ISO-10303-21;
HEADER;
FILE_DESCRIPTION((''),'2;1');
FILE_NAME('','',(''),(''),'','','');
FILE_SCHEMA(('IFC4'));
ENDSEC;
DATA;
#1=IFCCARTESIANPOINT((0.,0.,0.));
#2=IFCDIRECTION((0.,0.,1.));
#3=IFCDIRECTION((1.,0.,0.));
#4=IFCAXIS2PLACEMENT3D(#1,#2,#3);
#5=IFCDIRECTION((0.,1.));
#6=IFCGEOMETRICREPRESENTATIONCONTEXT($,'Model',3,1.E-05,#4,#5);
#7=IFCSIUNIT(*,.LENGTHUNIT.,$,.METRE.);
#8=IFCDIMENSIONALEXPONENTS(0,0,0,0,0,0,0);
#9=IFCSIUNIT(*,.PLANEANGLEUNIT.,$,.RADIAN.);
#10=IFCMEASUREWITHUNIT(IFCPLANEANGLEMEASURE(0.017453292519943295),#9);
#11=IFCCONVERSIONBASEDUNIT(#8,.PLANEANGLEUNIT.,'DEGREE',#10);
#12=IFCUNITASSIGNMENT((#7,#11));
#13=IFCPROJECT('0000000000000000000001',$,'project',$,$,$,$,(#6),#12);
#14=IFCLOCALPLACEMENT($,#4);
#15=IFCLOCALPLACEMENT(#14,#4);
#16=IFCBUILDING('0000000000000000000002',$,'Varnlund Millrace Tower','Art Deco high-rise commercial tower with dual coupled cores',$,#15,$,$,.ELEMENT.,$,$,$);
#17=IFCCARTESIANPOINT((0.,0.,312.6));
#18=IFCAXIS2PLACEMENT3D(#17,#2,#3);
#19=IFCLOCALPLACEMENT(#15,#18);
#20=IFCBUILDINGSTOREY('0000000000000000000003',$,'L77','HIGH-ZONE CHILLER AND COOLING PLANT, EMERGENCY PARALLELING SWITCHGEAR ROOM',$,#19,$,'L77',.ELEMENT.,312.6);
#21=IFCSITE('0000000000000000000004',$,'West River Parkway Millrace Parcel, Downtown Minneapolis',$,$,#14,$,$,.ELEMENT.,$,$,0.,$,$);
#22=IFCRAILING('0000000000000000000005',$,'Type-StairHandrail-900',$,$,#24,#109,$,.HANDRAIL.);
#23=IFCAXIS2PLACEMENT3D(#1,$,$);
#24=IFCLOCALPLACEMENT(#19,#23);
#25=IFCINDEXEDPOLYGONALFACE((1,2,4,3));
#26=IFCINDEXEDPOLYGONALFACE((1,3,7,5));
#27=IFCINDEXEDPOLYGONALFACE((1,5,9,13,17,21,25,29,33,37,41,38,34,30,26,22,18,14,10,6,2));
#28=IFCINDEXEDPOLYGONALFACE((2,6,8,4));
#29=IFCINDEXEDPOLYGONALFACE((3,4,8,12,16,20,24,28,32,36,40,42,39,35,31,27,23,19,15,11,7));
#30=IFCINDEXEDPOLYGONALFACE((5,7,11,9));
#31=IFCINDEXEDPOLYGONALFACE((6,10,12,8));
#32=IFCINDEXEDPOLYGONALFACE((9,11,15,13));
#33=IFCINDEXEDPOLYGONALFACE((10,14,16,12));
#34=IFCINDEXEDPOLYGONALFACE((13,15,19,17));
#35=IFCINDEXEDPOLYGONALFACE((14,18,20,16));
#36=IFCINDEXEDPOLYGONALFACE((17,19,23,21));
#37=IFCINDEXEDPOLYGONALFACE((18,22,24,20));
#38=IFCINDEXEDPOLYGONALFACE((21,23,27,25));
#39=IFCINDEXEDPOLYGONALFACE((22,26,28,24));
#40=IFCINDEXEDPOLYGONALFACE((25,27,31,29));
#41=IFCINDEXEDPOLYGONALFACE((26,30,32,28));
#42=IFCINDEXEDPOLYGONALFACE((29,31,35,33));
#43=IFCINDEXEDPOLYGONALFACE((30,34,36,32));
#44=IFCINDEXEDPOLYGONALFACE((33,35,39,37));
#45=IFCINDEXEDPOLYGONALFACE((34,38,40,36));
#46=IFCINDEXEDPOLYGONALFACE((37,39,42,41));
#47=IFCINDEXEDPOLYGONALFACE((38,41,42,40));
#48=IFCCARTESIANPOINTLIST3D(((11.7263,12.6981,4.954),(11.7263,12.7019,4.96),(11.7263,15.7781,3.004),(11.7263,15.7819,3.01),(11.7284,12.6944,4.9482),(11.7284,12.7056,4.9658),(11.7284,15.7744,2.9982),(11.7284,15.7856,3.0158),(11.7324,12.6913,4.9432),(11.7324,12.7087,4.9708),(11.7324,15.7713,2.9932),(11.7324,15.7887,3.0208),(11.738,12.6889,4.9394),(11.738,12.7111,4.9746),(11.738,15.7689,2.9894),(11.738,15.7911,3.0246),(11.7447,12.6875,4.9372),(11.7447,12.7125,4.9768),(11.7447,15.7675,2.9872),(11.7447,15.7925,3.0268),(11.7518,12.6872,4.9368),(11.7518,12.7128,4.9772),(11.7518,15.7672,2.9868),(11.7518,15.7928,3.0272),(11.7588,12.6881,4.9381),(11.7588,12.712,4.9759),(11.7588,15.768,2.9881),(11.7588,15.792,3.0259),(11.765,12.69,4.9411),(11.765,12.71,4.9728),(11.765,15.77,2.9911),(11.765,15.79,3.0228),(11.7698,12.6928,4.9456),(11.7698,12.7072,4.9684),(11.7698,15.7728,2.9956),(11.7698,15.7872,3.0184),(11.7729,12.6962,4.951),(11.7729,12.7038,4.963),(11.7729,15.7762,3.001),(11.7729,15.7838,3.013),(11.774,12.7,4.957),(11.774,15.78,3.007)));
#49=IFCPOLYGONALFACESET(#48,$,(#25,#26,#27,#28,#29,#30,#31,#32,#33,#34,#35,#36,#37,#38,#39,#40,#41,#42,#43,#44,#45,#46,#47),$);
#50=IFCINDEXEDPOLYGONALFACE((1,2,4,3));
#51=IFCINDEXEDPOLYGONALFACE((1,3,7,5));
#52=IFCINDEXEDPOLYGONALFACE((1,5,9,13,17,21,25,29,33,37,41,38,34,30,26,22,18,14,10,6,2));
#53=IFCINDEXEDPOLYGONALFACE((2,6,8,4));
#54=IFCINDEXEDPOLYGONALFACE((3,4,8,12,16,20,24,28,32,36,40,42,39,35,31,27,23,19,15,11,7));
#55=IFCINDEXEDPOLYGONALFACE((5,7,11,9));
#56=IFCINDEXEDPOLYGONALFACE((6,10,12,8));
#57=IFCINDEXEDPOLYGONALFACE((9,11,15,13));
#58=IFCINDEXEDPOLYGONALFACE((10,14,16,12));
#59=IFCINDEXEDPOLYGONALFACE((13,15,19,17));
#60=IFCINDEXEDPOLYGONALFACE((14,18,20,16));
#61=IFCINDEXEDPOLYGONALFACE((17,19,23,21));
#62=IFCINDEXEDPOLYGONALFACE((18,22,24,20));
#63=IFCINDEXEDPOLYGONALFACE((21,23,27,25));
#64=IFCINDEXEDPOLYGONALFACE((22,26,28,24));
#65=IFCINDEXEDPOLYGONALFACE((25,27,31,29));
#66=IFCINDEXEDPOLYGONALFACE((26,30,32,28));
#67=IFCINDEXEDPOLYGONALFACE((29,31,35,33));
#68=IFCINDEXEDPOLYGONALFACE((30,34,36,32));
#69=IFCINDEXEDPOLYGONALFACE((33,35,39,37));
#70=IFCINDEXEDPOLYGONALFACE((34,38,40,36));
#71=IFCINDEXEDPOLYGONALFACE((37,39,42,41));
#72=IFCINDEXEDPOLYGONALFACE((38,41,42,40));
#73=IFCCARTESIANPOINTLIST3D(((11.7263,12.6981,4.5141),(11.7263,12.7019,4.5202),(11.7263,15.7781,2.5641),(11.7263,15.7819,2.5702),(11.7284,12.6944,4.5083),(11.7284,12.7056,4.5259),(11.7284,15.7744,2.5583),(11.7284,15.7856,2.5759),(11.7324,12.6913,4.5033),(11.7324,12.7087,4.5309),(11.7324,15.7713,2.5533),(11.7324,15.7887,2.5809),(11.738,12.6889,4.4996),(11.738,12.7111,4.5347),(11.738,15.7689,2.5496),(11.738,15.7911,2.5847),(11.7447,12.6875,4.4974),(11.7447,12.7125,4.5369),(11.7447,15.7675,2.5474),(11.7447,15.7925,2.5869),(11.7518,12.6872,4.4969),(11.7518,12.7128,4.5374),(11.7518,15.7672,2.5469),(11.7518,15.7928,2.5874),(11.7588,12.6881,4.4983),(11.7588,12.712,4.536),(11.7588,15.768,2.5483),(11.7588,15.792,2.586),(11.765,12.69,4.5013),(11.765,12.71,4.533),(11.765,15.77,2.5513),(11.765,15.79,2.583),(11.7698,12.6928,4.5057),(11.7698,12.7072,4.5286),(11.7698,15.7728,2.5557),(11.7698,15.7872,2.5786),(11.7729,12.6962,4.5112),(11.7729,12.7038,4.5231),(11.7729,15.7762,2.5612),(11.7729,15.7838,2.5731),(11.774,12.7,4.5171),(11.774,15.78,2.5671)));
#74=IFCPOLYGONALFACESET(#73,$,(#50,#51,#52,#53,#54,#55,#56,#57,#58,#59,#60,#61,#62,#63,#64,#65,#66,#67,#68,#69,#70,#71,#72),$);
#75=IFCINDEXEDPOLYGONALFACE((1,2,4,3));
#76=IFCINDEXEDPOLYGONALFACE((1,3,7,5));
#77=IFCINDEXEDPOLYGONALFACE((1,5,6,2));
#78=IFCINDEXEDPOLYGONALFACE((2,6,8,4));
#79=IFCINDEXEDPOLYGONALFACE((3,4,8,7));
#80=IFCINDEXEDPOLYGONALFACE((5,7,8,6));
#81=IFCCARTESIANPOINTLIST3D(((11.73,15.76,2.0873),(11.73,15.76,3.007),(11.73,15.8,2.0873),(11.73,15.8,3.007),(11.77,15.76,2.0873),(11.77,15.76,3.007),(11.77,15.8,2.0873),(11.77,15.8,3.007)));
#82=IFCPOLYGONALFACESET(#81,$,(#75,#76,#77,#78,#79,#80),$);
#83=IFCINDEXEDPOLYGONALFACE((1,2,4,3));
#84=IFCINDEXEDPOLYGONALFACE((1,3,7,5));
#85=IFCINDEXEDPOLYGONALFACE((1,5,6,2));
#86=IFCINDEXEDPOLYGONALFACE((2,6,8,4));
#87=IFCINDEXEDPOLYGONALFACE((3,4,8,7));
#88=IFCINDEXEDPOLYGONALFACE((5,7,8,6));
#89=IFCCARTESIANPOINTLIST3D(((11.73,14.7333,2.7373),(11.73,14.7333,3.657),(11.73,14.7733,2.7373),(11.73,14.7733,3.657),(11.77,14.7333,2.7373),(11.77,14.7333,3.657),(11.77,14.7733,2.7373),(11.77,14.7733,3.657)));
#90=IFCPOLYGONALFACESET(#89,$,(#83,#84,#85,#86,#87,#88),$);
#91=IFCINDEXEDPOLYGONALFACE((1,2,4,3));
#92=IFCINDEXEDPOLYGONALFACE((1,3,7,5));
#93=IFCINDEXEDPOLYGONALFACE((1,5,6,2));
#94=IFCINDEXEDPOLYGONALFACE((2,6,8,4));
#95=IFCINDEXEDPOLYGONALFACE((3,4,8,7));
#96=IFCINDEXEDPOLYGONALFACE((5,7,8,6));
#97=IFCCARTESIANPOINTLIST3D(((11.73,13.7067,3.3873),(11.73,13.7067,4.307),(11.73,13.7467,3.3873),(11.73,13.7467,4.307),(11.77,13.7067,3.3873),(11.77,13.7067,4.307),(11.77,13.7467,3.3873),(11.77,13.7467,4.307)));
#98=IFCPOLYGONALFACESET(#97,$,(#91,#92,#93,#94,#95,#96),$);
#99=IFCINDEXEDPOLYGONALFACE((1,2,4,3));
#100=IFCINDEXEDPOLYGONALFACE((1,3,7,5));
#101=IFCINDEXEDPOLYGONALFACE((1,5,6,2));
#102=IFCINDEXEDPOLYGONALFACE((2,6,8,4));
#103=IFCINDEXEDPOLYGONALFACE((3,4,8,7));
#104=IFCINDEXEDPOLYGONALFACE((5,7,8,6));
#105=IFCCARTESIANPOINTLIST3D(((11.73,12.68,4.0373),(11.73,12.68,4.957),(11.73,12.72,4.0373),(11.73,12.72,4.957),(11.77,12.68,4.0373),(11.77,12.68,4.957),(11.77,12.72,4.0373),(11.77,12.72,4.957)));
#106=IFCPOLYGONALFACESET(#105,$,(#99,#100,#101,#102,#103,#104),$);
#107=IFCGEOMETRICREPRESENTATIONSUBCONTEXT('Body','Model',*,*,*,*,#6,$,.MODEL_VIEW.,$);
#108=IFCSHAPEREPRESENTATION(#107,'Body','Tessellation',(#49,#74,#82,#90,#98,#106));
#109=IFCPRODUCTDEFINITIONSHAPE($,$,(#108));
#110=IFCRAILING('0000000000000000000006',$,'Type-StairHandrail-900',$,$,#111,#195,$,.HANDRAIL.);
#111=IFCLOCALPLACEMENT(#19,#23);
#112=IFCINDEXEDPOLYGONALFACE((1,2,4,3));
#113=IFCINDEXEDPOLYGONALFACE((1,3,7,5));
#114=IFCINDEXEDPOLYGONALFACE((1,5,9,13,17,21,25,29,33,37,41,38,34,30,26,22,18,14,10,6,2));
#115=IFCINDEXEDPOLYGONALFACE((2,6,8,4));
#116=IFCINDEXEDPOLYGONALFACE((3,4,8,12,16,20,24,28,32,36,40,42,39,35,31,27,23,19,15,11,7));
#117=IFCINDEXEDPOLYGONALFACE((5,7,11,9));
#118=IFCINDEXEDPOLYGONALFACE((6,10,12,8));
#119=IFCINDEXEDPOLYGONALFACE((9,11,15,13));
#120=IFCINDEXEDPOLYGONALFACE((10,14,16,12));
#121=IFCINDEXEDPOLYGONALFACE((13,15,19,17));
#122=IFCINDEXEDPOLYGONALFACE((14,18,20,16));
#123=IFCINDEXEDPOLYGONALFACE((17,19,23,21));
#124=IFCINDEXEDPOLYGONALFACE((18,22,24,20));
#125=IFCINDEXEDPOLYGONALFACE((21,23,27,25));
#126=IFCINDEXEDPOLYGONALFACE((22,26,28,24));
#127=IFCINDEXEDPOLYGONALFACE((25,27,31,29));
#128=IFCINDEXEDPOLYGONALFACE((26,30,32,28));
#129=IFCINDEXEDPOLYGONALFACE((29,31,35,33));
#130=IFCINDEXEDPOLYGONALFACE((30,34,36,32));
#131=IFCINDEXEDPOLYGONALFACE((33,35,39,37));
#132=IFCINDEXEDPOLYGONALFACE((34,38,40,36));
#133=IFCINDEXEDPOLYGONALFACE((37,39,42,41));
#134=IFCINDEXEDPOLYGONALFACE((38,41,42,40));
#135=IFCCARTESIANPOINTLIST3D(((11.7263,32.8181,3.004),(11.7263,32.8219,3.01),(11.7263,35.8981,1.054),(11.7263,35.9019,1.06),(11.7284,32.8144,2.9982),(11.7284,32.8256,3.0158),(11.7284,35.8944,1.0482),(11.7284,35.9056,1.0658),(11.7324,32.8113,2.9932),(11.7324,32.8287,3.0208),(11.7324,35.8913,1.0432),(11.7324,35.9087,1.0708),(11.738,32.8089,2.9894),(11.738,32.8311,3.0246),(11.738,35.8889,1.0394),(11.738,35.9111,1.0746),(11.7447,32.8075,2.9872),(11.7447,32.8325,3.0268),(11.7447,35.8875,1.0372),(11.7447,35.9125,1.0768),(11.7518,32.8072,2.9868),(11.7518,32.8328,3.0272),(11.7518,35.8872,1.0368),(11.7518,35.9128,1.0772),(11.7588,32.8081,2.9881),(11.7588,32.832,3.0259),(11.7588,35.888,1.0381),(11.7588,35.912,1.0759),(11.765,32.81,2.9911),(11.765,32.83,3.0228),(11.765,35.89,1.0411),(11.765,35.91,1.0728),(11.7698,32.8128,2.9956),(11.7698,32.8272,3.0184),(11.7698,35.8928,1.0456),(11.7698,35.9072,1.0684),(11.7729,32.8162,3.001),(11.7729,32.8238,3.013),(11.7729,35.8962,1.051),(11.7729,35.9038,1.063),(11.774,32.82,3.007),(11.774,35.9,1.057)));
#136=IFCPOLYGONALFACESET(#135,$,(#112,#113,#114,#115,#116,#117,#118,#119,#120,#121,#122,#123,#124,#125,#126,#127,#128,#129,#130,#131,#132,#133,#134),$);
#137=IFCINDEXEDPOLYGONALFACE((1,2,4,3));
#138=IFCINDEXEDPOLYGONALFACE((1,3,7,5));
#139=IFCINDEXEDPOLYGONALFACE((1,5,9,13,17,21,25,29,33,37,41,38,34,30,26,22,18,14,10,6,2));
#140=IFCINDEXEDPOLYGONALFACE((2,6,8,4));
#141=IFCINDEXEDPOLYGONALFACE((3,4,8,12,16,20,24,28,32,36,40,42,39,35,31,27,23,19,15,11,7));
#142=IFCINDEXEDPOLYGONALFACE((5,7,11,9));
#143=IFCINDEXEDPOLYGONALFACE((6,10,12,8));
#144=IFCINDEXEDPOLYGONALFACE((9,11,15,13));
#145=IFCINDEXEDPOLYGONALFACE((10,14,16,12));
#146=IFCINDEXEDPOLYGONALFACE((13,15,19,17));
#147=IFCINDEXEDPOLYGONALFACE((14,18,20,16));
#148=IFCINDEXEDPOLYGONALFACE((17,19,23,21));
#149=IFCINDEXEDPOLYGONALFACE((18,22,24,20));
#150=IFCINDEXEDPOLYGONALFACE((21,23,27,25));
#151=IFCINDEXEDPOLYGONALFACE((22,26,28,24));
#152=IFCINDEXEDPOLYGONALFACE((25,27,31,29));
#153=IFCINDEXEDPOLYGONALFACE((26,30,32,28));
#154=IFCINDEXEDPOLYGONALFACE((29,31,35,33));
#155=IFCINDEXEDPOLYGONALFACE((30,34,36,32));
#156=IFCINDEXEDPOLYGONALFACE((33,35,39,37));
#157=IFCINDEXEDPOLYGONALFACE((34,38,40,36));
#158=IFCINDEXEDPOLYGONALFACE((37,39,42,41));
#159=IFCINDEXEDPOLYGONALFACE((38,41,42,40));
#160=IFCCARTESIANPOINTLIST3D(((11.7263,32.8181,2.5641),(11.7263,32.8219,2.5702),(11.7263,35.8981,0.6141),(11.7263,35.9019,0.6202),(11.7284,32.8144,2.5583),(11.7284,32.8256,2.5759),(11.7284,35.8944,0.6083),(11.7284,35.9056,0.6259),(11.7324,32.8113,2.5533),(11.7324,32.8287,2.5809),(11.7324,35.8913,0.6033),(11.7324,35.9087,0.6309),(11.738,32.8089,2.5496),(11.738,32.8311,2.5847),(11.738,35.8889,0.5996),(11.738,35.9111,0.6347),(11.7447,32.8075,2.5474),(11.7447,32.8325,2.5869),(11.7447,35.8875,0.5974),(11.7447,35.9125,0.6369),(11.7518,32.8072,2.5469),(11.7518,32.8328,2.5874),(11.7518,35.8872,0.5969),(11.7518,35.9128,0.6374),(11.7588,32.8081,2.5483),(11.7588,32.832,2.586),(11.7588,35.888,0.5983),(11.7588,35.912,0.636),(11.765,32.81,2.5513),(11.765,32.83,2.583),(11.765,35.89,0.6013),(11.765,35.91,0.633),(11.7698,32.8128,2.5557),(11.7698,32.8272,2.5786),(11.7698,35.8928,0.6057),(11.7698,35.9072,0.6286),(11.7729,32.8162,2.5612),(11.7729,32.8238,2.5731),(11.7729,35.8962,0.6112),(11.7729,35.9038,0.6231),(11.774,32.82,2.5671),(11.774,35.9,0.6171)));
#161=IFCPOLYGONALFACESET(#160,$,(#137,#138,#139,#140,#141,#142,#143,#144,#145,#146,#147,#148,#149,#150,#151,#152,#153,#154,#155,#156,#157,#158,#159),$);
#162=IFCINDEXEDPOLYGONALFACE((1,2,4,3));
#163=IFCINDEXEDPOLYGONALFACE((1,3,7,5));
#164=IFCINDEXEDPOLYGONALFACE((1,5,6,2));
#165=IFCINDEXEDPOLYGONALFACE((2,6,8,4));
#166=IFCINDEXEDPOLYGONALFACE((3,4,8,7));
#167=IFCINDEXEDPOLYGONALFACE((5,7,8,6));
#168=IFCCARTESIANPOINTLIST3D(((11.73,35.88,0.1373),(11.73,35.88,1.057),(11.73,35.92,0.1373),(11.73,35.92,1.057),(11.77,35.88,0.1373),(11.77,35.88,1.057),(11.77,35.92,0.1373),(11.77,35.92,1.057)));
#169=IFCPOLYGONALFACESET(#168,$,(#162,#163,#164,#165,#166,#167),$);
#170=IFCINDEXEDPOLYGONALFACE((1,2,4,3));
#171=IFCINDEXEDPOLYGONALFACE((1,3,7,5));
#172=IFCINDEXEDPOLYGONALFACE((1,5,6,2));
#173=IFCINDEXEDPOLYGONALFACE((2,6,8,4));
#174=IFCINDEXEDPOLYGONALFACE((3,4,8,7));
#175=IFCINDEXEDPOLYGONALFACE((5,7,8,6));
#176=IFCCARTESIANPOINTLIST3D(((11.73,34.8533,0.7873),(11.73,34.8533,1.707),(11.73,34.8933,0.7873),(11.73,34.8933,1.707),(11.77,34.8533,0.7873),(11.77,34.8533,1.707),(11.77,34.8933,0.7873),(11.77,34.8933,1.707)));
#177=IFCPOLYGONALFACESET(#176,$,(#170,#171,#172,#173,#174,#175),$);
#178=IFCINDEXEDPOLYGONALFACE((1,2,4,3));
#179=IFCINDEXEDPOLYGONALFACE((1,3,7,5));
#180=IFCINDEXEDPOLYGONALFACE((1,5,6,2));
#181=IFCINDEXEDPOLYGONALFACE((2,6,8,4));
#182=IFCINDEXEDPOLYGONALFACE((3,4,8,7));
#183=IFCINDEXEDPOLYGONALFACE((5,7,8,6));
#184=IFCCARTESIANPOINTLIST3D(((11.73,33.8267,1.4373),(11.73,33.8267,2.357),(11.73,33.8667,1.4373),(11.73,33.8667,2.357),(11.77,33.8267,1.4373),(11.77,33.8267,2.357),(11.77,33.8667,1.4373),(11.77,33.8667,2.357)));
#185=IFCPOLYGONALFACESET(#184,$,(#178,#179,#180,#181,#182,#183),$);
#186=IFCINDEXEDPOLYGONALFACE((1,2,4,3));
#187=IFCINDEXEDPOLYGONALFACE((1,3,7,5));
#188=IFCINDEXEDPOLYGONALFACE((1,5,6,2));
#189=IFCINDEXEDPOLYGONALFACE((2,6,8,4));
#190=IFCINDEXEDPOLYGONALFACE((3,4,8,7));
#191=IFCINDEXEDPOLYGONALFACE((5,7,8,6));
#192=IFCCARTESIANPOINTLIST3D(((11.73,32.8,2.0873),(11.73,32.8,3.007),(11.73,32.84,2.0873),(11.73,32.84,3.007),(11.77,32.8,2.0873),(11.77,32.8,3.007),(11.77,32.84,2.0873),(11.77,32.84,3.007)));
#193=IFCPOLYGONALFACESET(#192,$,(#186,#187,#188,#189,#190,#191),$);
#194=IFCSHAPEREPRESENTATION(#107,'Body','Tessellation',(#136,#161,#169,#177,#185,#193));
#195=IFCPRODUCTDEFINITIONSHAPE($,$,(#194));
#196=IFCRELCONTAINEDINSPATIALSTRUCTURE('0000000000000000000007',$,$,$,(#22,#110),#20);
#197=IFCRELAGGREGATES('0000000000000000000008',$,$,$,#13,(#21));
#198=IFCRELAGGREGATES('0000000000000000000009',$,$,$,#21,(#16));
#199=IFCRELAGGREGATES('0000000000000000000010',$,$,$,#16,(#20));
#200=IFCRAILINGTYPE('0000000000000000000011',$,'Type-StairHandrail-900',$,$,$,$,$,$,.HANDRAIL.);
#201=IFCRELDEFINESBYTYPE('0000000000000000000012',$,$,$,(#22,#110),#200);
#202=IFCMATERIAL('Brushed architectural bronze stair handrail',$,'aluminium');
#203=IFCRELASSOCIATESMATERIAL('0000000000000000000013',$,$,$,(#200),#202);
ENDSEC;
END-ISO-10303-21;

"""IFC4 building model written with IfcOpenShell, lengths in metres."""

from ifc_helpers import new_model, entity, si_unit, converted_unit, direction, frame, origin_with_axes, origin_2d_with_axis, place, context, subcontext, project, spatial, rectangle, circle, extrude, material, type_object, element, save


model = new_model("IFC4")

# Units and contexts
model_context = context("Model", 3, precision=1e-05, world=origin_with_axes(), true_north=direction((0.0, 1.0)))
body_context = subcontext(model_context, "Body", "Model", "MODEL_VIEW")
ifc_project = project(units=[si_unit("LENGTHUNIT", "METRE"), converted_unit("PLANEANGLEUNIT", "DEGREE", entity("IfcPlaneAngleMeasure", 0.017453292519943295), si_unit("PLANEANGLEUNIT", "RADIAN"), dimensions=[0, 0, 0, 0, 0, 0, 0])], contexts=[model_context])

# Site, building, storey
site_placement = place(None, origin_with_axes())
site = spatial("IfcSite", under=ifc_project, at=site_placement, Name="West River Parkway Millrace Parcel, Downtown Minneapolis", CompositionType="ELEMENT", RefElevation=0.0)
building_placement = place(site_placement, origin_with_axes())
building = spatial("IfcBuilding", under=site, at=building_placement, Name="Varnlund Millrace Tower", Description="Art Deco high-rise commercial tower with dual coupled cores", CompositionType="ELEMENT")
storey_placement = place(building_placement, frame((0.0, 0.0, 312.6), z_axis=(0.0, 0.0, 1.0), x_axis=(1.0, 0.0, 0.0)))
storey = spatial("IfcBuildingStorey", under=building, at=storey_placement, Name="L77", Description="HIGH-ZONE CHILLER AND COOLING PLANT, EMERGENCY PARALLELING SWITCHGEAR ROOM", LongName="L77", CompositionType="ELEMENT", Elevation=312.6)

# Railings
ifc_material_1 = material(Name="Brushed architectural bronze stair handrail", Category="aluminium")
railing_type_1 = type_object("IfcRailingType", Name="Type-StairHandrail-900", PredefinedType="HANDRAIL", material=ifc_material_1)
railing_1_placement = place(storey_placement, frame((0.0, 0.0, -312.6), z_axis=(0.0, 0.0, 1.0), x_axis=(1.0, 0.0, 0.0)))
element("IfcRailing", 1, at=railing_1_placement, inside=storey, type_object=railing_type_1, Name="Type-StairHandrail-900", PredefinedType="HANDRAIL", context=body_context, shape_type="SweptSolid", body=[
    extrude(circle(Radius=0.024, at=origin_2d_with_axis()), frame((11.75, 15.78, 315.607), z_axis=(0.0, -0.844902, 0.534922), x_axis=(1.0, 0.0, 0.0)), (0.0, 0.0, 1.0), 3.6454),
    extrude(circle(Radius=0.024, at=origin_2d_with_axis()), frame((11.75, 15.78, 315.1671), z_axis=(0.0, -0.844902, 0.534922), x_axis=(1.0, 0.0, 0.0)), (0.0, 0.0, 1.0), 3.6454),
    extrude(rectangle(XDim=0.04, YDim=0.04, at=origin_2d_with_axis()), frame((11.75, 15.78, 314.6873), z_axis=(0.0, 0.0, 1.0), x_axis=(1.0, 0.0, 0.0)), (0.0, 0.0, 1.0), 0.9197),
    extrude(rectangle(XDim=0.04, YDim=0.04, at=origin_2d_with_axis()), frame((11.75, 14.7533, 315.3373), z_axis=(0.0, 0.0, 1.0), x_axis=(1.0, 0.0, 0.0)), (0.0, 0.0, 1.0), 0.9197),
    extrude(rectangle(XDim=0.04, YDim=0.04, at=origin_2d_with_axis()), frame((11.75, 13.7267, 315.9873), z_axis=(0.0, 0.0, 1.0), x_axis=(1.0, 0.0, 0.0)), (0.0, 0.0, 1.0), 0.9197),
    extrude(rectangle(XDim=0.04, YDim=0.04, at=origin_2d_with_axis()), frame((11.75, 12.7, 316.6373), z_axis=(0.0, 0.0, 1.0), x_axis=(1.0, 0.0, 0.0)), (0.0, 0.0, 1.0), 0.9197),
])
railing_2_placement = place(storey_placement, frame((0.0, 0.0, -312.6), z_axis=(0.0, 0.0, 1.0), x_axis=(1.0, 0.0, 0.0)))
element("IfcRailing", 2, at=railing_2_placement, inside=storey, type_object=railing_type_1, Name="Type-StairHandrail-900", PredefinedType="HANDRAIL", context=body_context, shape_type="SweptSolid", body=[
    extrude(circle(Radius=0.024, at=origin_2d_with_axis()), frame((11.75, 35.9, 313.657), z_axis=(0.0, -0.844902, 0.534922), x_axis=(1.0, 0.0, 0.0)), (0.0, 0.0, 1.0), 3.6454),
    extrude(circle(Radius=0.024, at=origin_2d_with_axis()), frame((11.75, 35.9, 313.2171), z_axis=(0.0, -0.844902, 0.534922), x_axis=(1.0, 0.0, 0.0)), (0.0, 0.0, 1.0), 3.6454),
    extrude(rectangle(XDim=0.04, YDim=0.04, at=origin_2d_with_axis()), frame((11.75, 35.9, 312.7373), z_axis=(0.0, 0.0, 1.0), x_axis=(1.0, 0.0, 0.0)), (0.0, 0.0, 1.0), 0.9197),
    extrude(rectangle(XDim=0.04, YDim=0.04, at=origin_2d_with_axis()), frame((11.75, 34.8733, 313.3873), z_axis=(0.0, 0.0, 1.0), x_axis=(1.0, 0.0, 0.0)), (0.0, 0.0, 1.0), 0.9197),
    extrude(rectangle(XDim=0.04, YDim=0.04, at=origin_2d_with_axis()), frame((11.75, 33.8467, 314.0373), z_axis=(0.0, 0.0, 1.0), x_axis=(1.0, 0.0, 0.0)), (0.0, 0.0, 1.0), 0.9197),
    extrude(rectangle(XDim=0.04, YDim=0.04, at=origin_2d_with_axis()), frame((11.75, 32.82, 314.6873), z_axis=(0.0, 0.0, 1.0), x_axis=(1.0, 0.0, 0.0)), (0.0, 0.0, 1.0), 0.9197),
])

save(model, "model.ifc")
